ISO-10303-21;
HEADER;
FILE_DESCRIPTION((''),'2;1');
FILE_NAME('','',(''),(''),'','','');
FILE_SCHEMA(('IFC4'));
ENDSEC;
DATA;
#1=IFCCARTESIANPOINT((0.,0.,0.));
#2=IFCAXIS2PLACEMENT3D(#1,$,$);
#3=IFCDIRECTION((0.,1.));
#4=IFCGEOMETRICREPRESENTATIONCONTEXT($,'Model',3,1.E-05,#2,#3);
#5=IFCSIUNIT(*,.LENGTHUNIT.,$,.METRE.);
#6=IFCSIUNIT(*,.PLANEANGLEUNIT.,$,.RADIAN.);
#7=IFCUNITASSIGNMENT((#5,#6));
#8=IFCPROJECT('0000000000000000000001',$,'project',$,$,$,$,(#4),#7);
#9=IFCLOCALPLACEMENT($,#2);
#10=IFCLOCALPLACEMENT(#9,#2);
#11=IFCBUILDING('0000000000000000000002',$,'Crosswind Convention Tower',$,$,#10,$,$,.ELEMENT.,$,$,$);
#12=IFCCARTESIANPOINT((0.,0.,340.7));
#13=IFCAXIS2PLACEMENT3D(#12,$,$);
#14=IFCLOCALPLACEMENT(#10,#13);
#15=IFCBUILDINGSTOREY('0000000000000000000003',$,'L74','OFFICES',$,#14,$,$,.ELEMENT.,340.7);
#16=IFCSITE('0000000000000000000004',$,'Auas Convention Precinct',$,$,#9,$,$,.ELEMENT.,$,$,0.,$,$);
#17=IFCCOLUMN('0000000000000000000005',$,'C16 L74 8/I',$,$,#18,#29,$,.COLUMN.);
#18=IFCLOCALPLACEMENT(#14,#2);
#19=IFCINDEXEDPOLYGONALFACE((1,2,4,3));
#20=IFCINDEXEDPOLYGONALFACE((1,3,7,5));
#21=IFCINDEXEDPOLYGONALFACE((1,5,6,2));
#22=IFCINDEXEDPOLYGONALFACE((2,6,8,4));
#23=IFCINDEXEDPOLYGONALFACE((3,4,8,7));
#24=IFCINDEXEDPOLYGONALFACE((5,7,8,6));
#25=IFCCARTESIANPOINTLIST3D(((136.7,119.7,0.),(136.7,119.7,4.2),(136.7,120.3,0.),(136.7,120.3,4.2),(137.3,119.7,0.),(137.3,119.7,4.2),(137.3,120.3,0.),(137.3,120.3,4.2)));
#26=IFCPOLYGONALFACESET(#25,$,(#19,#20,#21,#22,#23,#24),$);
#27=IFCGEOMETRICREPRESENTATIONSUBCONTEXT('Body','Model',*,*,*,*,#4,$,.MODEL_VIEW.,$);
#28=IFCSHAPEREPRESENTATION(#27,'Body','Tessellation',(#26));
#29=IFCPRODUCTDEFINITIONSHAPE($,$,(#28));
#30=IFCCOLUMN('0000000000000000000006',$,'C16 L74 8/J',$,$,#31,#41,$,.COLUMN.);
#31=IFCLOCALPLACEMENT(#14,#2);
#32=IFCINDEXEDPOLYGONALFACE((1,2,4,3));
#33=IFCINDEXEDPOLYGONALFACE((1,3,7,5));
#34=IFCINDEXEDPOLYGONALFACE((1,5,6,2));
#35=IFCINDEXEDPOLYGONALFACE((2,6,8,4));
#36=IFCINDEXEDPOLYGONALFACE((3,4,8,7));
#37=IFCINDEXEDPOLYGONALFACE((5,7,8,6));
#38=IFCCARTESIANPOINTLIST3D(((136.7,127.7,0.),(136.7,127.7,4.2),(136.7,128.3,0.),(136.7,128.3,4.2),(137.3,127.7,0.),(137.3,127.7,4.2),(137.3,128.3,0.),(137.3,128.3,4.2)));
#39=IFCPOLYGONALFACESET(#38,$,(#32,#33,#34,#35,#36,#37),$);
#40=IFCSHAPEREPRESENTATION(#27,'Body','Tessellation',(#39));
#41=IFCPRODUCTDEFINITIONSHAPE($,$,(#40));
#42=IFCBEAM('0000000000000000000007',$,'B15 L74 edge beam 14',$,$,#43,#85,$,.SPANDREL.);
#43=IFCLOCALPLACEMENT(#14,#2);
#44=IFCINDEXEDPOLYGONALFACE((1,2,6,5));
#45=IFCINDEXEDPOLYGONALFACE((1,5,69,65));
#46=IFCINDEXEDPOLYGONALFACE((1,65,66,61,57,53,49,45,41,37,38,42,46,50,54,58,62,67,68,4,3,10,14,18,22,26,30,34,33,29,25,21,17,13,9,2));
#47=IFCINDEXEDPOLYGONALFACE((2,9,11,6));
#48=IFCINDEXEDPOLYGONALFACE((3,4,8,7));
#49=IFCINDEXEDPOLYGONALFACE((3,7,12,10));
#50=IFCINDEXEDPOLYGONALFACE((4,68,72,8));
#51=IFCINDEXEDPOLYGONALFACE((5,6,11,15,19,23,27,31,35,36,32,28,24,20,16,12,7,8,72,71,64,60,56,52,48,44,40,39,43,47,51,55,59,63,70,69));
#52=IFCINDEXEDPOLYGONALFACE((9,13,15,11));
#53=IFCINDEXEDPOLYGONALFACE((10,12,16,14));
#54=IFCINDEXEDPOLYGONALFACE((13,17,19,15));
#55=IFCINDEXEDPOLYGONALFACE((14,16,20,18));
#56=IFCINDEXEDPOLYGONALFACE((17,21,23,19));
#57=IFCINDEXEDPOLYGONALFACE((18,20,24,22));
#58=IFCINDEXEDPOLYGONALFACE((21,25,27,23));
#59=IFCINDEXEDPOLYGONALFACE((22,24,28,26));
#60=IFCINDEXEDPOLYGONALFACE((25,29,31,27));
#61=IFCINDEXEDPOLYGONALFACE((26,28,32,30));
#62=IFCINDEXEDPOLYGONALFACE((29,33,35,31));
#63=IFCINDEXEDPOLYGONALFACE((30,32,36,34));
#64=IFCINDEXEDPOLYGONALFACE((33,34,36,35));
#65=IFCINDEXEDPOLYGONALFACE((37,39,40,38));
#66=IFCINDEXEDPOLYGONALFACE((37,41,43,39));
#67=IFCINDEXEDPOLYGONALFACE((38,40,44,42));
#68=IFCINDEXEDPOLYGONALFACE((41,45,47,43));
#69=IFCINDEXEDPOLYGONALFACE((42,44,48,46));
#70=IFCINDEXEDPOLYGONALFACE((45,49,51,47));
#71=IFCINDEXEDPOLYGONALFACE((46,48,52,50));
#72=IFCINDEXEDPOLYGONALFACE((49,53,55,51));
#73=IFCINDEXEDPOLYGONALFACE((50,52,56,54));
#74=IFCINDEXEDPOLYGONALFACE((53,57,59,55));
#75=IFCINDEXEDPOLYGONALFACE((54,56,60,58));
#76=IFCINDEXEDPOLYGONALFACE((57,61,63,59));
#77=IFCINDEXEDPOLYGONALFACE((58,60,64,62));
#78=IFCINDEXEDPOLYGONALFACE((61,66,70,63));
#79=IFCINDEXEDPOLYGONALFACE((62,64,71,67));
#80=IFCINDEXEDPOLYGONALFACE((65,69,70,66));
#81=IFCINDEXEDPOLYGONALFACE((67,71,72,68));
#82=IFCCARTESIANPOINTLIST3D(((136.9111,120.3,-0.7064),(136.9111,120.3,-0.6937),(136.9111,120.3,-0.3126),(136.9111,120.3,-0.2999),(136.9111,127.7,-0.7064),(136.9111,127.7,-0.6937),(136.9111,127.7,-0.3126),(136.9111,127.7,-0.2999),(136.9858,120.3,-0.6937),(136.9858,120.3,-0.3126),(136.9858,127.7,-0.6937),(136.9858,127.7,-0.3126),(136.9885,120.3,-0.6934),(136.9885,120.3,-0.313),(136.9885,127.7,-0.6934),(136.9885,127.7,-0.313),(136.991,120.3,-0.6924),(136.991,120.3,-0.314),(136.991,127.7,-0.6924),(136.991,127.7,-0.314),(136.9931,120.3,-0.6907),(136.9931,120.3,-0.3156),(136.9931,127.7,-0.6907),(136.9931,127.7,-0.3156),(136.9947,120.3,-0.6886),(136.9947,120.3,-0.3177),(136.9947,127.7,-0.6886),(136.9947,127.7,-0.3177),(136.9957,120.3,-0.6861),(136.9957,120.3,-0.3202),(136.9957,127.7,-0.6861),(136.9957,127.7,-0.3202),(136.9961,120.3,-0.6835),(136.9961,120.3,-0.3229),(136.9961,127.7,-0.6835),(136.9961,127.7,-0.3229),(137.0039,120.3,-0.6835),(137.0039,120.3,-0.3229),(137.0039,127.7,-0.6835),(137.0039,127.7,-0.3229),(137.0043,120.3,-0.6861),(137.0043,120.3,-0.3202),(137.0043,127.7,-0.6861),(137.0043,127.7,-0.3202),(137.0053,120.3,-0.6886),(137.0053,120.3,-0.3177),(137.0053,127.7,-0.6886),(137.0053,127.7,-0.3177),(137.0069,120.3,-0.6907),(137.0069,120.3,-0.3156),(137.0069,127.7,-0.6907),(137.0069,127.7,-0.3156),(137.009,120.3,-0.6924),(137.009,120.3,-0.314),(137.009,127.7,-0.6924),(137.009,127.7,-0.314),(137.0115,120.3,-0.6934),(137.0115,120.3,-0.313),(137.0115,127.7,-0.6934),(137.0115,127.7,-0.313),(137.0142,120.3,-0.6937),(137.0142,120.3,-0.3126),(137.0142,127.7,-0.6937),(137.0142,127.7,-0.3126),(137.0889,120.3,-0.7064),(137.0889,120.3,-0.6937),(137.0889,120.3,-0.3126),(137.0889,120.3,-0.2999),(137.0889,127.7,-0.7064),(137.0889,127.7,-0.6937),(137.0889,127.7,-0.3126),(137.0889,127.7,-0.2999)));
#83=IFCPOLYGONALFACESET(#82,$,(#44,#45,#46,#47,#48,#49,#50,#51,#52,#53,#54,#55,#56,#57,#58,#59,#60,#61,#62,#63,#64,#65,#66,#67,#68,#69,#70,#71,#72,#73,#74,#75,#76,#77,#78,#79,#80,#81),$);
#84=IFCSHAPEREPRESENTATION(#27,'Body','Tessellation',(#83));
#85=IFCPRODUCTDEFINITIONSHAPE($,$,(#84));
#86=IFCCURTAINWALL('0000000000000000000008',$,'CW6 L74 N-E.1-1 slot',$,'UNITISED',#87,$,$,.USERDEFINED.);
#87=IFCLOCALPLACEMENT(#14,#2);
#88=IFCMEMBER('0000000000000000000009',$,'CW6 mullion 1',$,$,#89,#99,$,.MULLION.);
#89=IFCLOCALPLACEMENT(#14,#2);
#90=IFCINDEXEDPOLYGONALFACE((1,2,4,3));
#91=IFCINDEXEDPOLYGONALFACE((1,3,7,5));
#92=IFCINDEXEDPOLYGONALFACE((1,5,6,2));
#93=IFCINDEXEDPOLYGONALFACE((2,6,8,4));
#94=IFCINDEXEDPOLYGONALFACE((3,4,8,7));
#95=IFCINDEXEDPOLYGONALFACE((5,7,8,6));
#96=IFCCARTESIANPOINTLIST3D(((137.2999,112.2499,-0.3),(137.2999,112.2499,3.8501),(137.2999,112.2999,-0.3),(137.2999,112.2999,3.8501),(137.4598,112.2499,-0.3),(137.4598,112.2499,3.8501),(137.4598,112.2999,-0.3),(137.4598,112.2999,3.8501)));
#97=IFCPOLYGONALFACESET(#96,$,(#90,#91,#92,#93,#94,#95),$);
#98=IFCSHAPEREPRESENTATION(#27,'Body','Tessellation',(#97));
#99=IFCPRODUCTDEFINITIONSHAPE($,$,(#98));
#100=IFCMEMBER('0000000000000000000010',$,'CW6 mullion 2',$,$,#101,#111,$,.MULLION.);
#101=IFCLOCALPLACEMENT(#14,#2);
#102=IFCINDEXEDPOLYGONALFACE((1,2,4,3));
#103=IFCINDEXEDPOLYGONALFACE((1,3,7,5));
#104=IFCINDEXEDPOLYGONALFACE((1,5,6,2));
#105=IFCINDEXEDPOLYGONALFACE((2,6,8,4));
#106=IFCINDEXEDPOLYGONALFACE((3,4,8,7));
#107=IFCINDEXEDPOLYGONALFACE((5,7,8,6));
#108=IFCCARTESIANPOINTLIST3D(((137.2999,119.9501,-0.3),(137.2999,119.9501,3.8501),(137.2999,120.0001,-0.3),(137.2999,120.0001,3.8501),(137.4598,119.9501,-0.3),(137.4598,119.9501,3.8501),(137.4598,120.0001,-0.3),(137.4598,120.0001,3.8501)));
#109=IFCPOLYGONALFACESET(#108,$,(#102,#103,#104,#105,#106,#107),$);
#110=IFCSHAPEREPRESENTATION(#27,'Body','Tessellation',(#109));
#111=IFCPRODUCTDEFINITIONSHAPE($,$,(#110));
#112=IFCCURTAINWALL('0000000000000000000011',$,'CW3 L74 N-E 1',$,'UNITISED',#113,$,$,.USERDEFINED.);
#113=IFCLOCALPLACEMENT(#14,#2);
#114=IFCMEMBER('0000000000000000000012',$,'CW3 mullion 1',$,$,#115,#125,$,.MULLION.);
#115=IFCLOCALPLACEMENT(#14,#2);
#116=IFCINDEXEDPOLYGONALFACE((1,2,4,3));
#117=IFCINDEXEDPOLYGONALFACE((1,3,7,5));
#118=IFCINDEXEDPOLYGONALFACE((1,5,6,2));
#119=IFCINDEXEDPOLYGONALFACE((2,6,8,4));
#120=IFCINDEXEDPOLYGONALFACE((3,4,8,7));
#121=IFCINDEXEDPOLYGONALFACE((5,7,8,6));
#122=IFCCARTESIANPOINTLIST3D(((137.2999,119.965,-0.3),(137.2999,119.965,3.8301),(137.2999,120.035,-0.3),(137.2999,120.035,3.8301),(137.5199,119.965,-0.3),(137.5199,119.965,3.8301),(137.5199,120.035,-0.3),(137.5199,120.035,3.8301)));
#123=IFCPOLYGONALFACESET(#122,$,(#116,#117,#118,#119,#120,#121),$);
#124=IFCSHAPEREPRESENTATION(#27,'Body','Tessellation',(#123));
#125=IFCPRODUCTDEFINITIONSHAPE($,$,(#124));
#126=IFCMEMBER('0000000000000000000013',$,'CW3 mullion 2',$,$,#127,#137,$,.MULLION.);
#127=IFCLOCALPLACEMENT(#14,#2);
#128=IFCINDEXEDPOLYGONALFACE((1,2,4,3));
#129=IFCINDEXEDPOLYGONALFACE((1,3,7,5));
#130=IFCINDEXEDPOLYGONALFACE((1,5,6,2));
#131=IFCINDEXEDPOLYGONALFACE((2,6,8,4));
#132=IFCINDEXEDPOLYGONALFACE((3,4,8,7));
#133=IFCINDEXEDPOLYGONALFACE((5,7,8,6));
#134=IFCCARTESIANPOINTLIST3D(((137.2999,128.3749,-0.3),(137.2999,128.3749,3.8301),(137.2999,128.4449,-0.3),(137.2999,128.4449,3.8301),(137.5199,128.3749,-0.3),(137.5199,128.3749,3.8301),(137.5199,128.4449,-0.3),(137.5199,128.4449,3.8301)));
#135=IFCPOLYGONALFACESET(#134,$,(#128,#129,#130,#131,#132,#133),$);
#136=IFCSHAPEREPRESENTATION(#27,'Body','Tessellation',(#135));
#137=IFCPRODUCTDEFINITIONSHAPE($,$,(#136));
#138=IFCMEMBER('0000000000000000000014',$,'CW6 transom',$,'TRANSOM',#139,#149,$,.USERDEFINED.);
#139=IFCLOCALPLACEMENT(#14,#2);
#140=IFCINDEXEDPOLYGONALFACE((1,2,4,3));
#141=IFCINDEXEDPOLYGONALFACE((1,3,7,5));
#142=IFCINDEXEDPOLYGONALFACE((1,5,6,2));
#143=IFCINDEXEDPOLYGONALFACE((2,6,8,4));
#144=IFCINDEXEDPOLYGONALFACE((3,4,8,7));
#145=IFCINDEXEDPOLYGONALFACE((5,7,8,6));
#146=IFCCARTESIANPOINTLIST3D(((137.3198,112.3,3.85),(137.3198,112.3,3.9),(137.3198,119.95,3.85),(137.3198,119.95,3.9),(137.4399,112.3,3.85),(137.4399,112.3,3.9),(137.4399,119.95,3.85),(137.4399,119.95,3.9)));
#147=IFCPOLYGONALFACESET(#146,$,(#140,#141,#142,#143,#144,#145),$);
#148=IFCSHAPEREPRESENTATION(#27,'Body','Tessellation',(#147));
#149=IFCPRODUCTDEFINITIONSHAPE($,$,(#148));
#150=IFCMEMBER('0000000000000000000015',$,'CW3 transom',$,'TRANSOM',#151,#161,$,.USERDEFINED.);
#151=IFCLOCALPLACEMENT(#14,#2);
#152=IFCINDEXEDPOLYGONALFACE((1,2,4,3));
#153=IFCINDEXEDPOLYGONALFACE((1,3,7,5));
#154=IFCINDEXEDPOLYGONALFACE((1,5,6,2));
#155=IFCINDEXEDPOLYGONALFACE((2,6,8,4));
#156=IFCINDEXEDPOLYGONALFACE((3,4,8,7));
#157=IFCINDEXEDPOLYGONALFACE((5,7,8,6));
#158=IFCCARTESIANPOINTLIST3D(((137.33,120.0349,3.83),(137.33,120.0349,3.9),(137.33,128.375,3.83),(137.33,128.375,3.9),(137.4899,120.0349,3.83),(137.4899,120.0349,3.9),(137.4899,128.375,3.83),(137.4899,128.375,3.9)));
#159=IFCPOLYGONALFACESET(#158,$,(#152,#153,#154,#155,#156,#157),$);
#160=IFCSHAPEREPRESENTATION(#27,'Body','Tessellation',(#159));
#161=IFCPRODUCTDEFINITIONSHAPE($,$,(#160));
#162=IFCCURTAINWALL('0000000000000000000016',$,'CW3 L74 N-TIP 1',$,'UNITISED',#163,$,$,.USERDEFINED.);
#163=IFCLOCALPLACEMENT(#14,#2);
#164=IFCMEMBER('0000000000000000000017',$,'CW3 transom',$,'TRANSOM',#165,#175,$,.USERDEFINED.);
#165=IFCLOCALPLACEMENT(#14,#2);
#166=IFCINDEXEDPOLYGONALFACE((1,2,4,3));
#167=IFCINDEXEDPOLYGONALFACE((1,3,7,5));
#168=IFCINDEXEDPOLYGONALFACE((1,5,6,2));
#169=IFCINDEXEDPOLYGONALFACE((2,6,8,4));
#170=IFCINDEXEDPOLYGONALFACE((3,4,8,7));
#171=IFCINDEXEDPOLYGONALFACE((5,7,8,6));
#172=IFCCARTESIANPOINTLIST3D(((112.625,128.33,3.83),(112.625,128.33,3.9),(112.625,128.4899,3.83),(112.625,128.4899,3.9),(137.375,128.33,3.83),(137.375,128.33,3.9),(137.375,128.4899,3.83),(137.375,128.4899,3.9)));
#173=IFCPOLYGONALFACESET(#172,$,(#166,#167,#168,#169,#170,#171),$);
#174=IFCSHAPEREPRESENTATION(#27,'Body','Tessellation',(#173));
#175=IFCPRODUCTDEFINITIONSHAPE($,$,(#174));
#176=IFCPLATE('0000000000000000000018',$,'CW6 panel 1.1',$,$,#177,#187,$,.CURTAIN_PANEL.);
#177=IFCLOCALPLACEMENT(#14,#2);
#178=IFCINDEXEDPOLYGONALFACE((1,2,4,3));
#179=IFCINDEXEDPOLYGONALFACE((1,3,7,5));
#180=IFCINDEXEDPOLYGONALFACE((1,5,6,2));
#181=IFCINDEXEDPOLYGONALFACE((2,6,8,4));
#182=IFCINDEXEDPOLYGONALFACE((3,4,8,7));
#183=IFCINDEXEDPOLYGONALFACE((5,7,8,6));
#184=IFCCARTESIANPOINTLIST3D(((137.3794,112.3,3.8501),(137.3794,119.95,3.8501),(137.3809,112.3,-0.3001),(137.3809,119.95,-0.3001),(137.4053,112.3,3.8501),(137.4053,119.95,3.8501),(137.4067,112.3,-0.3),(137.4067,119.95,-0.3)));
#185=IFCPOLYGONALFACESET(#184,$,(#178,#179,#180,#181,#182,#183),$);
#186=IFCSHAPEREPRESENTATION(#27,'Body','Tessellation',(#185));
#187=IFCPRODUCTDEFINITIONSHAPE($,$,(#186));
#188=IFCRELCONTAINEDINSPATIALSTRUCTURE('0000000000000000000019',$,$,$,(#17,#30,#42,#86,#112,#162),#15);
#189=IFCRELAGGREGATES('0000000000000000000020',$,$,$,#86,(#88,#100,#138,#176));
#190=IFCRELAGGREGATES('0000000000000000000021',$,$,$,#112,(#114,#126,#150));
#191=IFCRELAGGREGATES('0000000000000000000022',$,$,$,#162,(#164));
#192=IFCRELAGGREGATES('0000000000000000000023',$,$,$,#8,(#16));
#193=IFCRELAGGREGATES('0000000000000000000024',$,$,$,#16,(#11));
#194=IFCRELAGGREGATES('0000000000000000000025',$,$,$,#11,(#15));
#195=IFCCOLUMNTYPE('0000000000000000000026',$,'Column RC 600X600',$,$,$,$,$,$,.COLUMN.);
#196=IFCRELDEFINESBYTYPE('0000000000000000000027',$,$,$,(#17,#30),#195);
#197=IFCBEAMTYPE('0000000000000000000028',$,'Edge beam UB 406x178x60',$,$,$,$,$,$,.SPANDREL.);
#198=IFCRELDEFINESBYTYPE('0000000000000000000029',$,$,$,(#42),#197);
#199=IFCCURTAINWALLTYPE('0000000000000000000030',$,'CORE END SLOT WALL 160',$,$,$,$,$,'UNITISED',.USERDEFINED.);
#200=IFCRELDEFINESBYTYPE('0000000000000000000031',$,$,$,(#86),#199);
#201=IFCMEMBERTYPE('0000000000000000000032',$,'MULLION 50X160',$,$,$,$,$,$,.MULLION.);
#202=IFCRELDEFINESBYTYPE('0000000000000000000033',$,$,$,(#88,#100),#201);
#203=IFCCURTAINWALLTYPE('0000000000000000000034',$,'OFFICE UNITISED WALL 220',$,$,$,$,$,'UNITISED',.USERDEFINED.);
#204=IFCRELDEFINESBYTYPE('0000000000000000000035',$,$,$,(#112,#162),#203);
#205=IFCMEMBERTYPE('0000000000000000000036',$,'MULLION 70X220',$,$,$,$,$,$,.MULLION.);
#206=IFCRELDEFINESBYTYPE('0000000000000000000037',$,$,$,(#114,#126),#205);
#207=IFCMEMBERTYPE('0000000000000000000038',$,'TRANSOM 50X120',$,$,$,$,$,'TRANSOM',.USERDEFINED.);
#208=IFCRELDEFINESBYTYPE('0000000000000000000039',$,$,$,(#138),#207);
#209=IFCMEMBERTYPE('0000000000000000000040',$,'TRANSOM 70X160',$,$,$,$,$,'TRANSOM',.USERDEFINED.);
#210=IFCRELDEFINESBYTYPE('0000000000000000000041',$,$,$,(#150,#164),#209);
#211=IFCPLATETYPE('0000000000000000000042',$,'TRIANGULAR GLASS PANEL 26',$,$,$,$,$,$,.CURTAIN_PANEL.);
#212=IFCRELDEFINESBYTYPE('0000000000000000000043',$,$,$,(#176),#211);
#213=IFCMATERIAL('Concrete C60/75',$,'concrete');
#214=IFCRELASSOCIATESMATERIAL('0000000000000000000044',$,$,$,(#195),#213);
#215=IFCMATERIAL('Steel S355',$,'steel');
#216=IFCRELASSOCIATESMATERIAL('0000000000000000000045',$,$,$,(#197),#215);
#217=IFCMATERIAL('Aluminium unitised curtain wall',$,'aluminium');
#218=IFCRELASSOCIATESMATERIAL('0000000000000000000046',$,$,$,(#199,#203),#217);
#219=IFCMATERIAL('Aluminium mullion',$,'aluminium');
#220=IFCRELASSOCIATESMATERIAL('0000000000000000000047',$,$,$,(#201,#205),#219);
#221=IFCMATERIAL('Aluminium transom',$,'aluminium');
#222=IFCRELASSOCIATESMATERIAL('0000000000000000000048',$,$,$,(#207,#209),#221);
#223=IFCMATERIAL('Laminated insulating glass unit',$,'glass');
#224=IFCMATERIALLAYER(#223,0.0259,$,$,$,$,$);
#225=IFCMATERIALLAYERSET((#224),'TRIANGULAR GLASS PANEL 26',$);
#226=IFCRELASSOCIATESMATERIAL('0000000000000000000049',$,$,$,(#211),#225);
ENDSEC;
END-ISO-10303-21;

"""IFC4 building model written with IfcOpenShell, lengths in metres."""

from ifc_helpers import new_model, si_unit, direction, frame, origin, origin_2d, place, context, subcontext, project, spatial, polyline, rectangle, i_section, outline, extrude, material, layer, layer_set, material_profile, profile_set, type_object, element, aggregate, save


model = new_model("IFC4")

# Units and contexts
model_context = context("Model", 3, precision=1e-05, world=origin(), true_north=direction((0.0, 1.0)))
body_context = subcontext(model_context, "Body", "Model", "MODEL_VIEW")
ifc_project = project(units=[si_unit("LENGTHUNIT", "METRE"), si_unit("PLANEANGLEUNIT", "RADIAN")], contexts=[model_context])

# Site, building, storey
site_placement = place(None, origin())
site = spatial("IfcSite", under=ifc_project, at=site_placement, Name="Auas Convention Precinct", CompositionType="ELEMENT", RefElevation=0.0)
building_placement = place(site_placement, origin())
building = spatial("IfcBuilding", under=site, at=building_placement, Name="Crosswind Convention Tower", CompositionType="ELEMENT")
storey_placement = place(building_placement, frame((0.0, 0.0, 340.7)))
storey = spatial("IfcBuildingStorey", under=building, at=storey_placement, Name="L74", Description="OFFICES", CompositionType="ELEMENT", Elevation=340.7)

# Columns
ifc_material_1 = material(Name="Concrete C60/75", Category="concrete")
ifc_material_profile_1 = material_profile(ifc_material_1, rectangle(XDim=0.6001, YDim=0.6001, at=origin_2d()), Name="RC 600X600")
ifc_profile_set_1 = profile_set([ifc_material_profile_1], Name="Concrete C60/75")
column_type = type_object("IfcColumnType", Name="Column RC 600X600", PredefinedType="COLUMN", material=ifc_profile_set_1)
for number, where, z_axis, x_axis, name in (
    (1, (137.0, 120.0, 0.0), (0.0, 0.0, 1.0), (1.0, 0.0, 0.0), "C16 L74 8/I"),
    (2, (137.0, 128.0, 0.0), (0.0, 0.0, 1.0), (1.0, 0.0, 0.0), "C16 L74 8/J"),
):
    element("IfcColumn", number, at=place(storey_placement, frame(where, z_axis=z_axis, x_axis=x_axis)), inside=storey, type_object=column_type, Name=name, PredefinedType="COLUMN", context=body_context, shape_type="SweptSolid", body=[
        extrude(rectangle(XDim=0.6001, YDim=0.6001, at=origin_2d()), origin(), (0.0, 0.0, 1.0), 4.2),
    ])

# Beam
ifc_material_2 = material(Name="Steel S355", Category="steel")
ifc_material_profile_2 = material_profile(ifc_material_2, i_section(OverallWidth=0.1777, OverallDepth=0.4065, WebThickness=0.0078, FlangeThickness=0.0127, FilletRadius=0.0103, at=origin_2d()), Name="UB 406x178x60")
ifc_profile_set_2 = profile_set([ifc_material_profile_2], Name="Steel S355")
beam_type = type_object("IfcBeamType", Name="Edge beam UB 406x178x60", PredefinedType="SPANDREL", material=ifc_profile_set_2)
beam_placement = place(storey_placement, frame((137.0, 120.3, -0.5032), z_axis=(0.0, 1.0, 0.0), x_axis=(-1.0, 0.0, 0.0)))
element("IfcBeam", 3, at=beam_placement, inside=storey, type_object=beam_type, Name="B15 L74 edge beam 14", PredefinedType="SPANDREL", context=body_context, shape_type="SweptSolid", body=[
    extrude(i_section(OverallWidth=0.1777, OverallDepth=0.4065, WebThickness=0.0078, FlangeThickness=0.0127, FilletRadius=0.0103, at=origin_2d()), origin(), (0.0, 0.0, 1.0), 7.3999),
])

# Curtain walls, members
ifc_material_3 = material(Name="Aluminium unitised curtain wall", Category="aluminium")
curtain_wall_type_1 = type_object("IfcCurtainWallType", Name="CORE END SLOT WALL 160", ElementType="UNITISED", PredefinedType="USERDEFINED", material=ifc_material_3)
curtain_wall_1_placement = place(storey_placement, origin())
curtain_wall_1 = element("IfcCurtainWall", 4, at=curtain_wall_1_placement, inside=storey, type_object=curtain_wall_type_1, Name="CW6 L74 N-E.1-1 slot", ObjectType="UNITISED", PredefinedType="USERDEFINED")
ifc_material_4 = material(Name="Aluminium mullion", Category="aluminium")
ifc_material_profile_3 = material_profile(ifc_material_4, rectangle(XDim=0.1599, YDim=0.05, at=origin_2d()), Name="AL 160X50")
ifc_profile_set_3 = profile_set([ifc_material_profile_3], Name="Aluminium mullion")
member_type_1 = type_object("IfcMemberType", Name="MULLION 50X160", PredefinedType="MULLION", material=ifc_profile_set_3)
member_1_placement = place(storey_placement, frame((137.3799, 112.2749, -0.3), z_axis=(0.0, 0.0, 1.0), x_axis=(1.0, 0.0, 0.0)))
member_1 = element("IfcMember", 5, at=member_1_placement, type_object=member_type_1, Name="CW6 mullion 1", PredefinedType="MULLION", context=body_context, shape_type="SweptSolid", body=[
    extrude(rectangle(XDim=0.1599, YDim=0.05, at=origin_2d()), origin(), (0.0, 0.0, 1.0), 4.1501),
])
member_2_placement = place(storey_placement, frame((137.3799, 119.9751, -0.3), z_axis=(0.0, 0.0, 1.0), x_axis=(1.0, 0.0, 0.0)))
member_2 = element("IfcMember", 6, at=member_2_placement, type_object=member_type_1, Name="CW6 mullion 2", PredefinedType="MULLION", context=body_context, shape_type="SweptSolid", body=[
    extrude(rectangle(XDim=0.1599, YDim=0.05, at=origin_2d()), origin(), (0.0, 0.0, 1.0), 4.1501),
])
curtain_wall_type_2 = type_object("IfcCurtainWallType", Name="OFFICE UNITISED WALL 220", ElementType="UNITISED", PredefinedType="USERDEFINED", material=ifc_material_3)
curtain_wall_2_placement = place(storey_placement, origin())
curtain_wall_2 = element("IfcCurtainWall", 7, at=curtain_wall_2_placement, inside=storey, type_object=curtain_wall_type_2, Name="CW3 L74 N-E 1", ObjectType="UNITISED", PredefinedType="USERDEFINED")
ifc_material_profile_4 = material_profile(ifc_material_4, rectangle(XDim=0.22, YDim=0.0701, at=origin_2d()), Name="AL 220X70")
ifc_profile_set_4 = profile_set([ifc_material_profile_4], Name="Aluminium mullion")
member_type_2 = type_object("IfcMemberType", Name="MULLION 70X220", PredefinedType="MULLION", material=ifc_profile_set_4)
member_3_placement = place(storey_placement, frame((137.4099, 120.0, -0.3), z_axis=(0.0, 0.0, 1.0), x_axis=(1.0, 0.0, 0.0)))
member_3 = element("IfcMember", 8, at=member_3_placement, type_object=member_type_2, Name="CW3 mullion 1", PredefinedType="MULLION", context=body_context, shape_type="SweptSolid", body=[
    extrude(rectangle(XDim=0.22, YDim=0.0701, at=origin_2d()), origin(), (0.0, 0.0, 1.0), 4.1301),
])
member_4_placement = place(storey_placement, frame((137.4099, 128.4099, -0.3), z_axis=(0.0, 0.0, 1.0), x_axis=(1.0, 0.0, 0.0)))
member_4 = element("IfcMember", 9, at=member_4_placement, type_object=member_type_2, Name="CW3 mullion 2", PredefinedType="MULLION", context=body_context, shape_type="SweptSolid", body=[
    extrude(rectangle(XDim=0.22, YDim=0.0701, at=origin_2d()), origin(), (0.0, 0.0, 1.0), 4.1301),
])

# Members
ifc_material_5 = material(Name="Aluminium transom", Category="aluminium")
ifc_material_profile_5 = material_profile(ifc_material_5, rectangle(XDim=0.1201, YDim=0.05, at=origin_2d()), Name="AL 120X50")
ifc_profile_set_5 = profile_set([ifc_material_profile_5], Name="Aluminium transom")
member_type_3 = type_object("IfcMemberType", Name="TRANSOM 50X120", ElementType="TRANSOM", PredefinedType="USERDEFINED", material=ifc_profile_set_5)
member_5_placement = place(storey_placement, frame((137.3799, 112.3, 3.875), z_axis=(0.0, 1.0, 0.0), x_axis=(-1.0, 0.0, 0.0)))
member_5 = element("IfcMember", 10, at=member_5_placement, type_object=member_type_3, Name="CW6 transom", ObjectType="TRANSOM", PredefinedType="USERDEFINED", context=body_context, shape_type="SweptSolid", body=[
    extrude(rectangle(XDim=0.1201, YDim=0.05, at=origin_2d()), origin(), (0.0, 0.0, 1.0), 7.6499),
])
ifc_material_profile_6 = material_profile(ifc_material_5, rectangle(XDim=0.1599, YDim=0.0701, at=origin_2d()), Name="AL 160X70")
ifc_profile_set_6 = profile_set([ifc_material_profile_6], Name="Aluminium transom")
member_type_4 = type_object("IfcMemberType", Name="TRANSOM 70X160", ElementType="TRANSOM", PredefinedType="USERDEFINED", material=ifc_profile_set_6)
member_6_placement = place(storey_placement, frame((137.4099, 120.0349, 3.865), z_axis=(0.0, 1.0, 0.0), x_axis=(-1.0, 0.0, 0.0)))
member_6 = element("IfcMember", 11, at=member_6_placement, type_object=member_type_4, Name="CW3 transom", ObjectType="TRANSOM", PredefinedType="USERDEFINED", context=body_context, shape_type="SweptSolid", body=[
    extrude(rectangle(XDim=0.1599, YDim=0.0701, at=origin_2d()), origin(), (0.0, 0.0, 1.0), 8.3401),
])

# Curtain wall, member
curtain_wall_3_placement = place(storey_placement, origin())
curtain_wall_3 = element("IfcCurtainWall", 12, at=curtain_wall_3_placement, inside=storey, type_object=curtain_wall_type_2, Name="CW3 L74 N-TIP 1", ObjectType="UNITISED", PredefinedType="USERDEFINED")
member_7_placement = place(storey_placement, frame((137.375, 128.4099, 3.865), z_axis=(-1.0, 0.0, 0.0), x_axis=(0.0, -1.0, 0.0)))
member_7 = element("IfcMember", 13, at=member_7_placement, type_object=member_type_4, Name="CW3 transom", ObjectType="TRANSOM", PredefinedType="USERDEFINED", context=body_context, shape_type="SweptSolid", body=[
    extrude(rectangle(XDim=0.1599, YDim=0.0701, at=origin_2d()), origin(), (0.0, 0.0, 1.0), 24.75),
])

# Plate
ifc_material_6 = material(Name="Laminated insulating glass unit", Category="glass")
ifc_layer_1 = layer(ifc_material_6, 0.0259)
ifc_layer_set_1 = layer_set([ifc_layer_1], Name="TRIANGULAR GLASS PANEL 26")
plate_type_1 = type_object("IfcPlateType", Name="TRIANGULAR GLASS PANEL 26", PredefinedType="CURTAIN_PANEL", material=ifc_layer_set_1)
plate_1_placement = place(storey_placement, frame((137.4067, 112.3, -0.3), z_axis=(1.0, 0.0, 0.000353), x_axis=(0.0, 1.0, 0.0)))
plate_1 = element("IfcPlate", 14, at=plate_1_placement, type_object=plate_type_1, Name="CW6 panel 1.1", PredefinedType="CURTAIN_PANEL", context=body_context, shape_type="SweptSolid", body=[
    extrude(outline(polyline([(0.0, 0.0), (7.6499, 0.0), (7.6499, 4.1501), (0.0, 4.1501), (0.0, 0.0)])), origin(), (0.0, 0.0, -1.0), 0.0259),
])
aggregate(curtain_wall_1, [member_1, member_2, member_5, plate_1])

aggregate(curtain_wall_2, [member_3, member_4, member_6])
aggregate(curtain_wall_3, [member_7])

save(model, "model.ifc")
